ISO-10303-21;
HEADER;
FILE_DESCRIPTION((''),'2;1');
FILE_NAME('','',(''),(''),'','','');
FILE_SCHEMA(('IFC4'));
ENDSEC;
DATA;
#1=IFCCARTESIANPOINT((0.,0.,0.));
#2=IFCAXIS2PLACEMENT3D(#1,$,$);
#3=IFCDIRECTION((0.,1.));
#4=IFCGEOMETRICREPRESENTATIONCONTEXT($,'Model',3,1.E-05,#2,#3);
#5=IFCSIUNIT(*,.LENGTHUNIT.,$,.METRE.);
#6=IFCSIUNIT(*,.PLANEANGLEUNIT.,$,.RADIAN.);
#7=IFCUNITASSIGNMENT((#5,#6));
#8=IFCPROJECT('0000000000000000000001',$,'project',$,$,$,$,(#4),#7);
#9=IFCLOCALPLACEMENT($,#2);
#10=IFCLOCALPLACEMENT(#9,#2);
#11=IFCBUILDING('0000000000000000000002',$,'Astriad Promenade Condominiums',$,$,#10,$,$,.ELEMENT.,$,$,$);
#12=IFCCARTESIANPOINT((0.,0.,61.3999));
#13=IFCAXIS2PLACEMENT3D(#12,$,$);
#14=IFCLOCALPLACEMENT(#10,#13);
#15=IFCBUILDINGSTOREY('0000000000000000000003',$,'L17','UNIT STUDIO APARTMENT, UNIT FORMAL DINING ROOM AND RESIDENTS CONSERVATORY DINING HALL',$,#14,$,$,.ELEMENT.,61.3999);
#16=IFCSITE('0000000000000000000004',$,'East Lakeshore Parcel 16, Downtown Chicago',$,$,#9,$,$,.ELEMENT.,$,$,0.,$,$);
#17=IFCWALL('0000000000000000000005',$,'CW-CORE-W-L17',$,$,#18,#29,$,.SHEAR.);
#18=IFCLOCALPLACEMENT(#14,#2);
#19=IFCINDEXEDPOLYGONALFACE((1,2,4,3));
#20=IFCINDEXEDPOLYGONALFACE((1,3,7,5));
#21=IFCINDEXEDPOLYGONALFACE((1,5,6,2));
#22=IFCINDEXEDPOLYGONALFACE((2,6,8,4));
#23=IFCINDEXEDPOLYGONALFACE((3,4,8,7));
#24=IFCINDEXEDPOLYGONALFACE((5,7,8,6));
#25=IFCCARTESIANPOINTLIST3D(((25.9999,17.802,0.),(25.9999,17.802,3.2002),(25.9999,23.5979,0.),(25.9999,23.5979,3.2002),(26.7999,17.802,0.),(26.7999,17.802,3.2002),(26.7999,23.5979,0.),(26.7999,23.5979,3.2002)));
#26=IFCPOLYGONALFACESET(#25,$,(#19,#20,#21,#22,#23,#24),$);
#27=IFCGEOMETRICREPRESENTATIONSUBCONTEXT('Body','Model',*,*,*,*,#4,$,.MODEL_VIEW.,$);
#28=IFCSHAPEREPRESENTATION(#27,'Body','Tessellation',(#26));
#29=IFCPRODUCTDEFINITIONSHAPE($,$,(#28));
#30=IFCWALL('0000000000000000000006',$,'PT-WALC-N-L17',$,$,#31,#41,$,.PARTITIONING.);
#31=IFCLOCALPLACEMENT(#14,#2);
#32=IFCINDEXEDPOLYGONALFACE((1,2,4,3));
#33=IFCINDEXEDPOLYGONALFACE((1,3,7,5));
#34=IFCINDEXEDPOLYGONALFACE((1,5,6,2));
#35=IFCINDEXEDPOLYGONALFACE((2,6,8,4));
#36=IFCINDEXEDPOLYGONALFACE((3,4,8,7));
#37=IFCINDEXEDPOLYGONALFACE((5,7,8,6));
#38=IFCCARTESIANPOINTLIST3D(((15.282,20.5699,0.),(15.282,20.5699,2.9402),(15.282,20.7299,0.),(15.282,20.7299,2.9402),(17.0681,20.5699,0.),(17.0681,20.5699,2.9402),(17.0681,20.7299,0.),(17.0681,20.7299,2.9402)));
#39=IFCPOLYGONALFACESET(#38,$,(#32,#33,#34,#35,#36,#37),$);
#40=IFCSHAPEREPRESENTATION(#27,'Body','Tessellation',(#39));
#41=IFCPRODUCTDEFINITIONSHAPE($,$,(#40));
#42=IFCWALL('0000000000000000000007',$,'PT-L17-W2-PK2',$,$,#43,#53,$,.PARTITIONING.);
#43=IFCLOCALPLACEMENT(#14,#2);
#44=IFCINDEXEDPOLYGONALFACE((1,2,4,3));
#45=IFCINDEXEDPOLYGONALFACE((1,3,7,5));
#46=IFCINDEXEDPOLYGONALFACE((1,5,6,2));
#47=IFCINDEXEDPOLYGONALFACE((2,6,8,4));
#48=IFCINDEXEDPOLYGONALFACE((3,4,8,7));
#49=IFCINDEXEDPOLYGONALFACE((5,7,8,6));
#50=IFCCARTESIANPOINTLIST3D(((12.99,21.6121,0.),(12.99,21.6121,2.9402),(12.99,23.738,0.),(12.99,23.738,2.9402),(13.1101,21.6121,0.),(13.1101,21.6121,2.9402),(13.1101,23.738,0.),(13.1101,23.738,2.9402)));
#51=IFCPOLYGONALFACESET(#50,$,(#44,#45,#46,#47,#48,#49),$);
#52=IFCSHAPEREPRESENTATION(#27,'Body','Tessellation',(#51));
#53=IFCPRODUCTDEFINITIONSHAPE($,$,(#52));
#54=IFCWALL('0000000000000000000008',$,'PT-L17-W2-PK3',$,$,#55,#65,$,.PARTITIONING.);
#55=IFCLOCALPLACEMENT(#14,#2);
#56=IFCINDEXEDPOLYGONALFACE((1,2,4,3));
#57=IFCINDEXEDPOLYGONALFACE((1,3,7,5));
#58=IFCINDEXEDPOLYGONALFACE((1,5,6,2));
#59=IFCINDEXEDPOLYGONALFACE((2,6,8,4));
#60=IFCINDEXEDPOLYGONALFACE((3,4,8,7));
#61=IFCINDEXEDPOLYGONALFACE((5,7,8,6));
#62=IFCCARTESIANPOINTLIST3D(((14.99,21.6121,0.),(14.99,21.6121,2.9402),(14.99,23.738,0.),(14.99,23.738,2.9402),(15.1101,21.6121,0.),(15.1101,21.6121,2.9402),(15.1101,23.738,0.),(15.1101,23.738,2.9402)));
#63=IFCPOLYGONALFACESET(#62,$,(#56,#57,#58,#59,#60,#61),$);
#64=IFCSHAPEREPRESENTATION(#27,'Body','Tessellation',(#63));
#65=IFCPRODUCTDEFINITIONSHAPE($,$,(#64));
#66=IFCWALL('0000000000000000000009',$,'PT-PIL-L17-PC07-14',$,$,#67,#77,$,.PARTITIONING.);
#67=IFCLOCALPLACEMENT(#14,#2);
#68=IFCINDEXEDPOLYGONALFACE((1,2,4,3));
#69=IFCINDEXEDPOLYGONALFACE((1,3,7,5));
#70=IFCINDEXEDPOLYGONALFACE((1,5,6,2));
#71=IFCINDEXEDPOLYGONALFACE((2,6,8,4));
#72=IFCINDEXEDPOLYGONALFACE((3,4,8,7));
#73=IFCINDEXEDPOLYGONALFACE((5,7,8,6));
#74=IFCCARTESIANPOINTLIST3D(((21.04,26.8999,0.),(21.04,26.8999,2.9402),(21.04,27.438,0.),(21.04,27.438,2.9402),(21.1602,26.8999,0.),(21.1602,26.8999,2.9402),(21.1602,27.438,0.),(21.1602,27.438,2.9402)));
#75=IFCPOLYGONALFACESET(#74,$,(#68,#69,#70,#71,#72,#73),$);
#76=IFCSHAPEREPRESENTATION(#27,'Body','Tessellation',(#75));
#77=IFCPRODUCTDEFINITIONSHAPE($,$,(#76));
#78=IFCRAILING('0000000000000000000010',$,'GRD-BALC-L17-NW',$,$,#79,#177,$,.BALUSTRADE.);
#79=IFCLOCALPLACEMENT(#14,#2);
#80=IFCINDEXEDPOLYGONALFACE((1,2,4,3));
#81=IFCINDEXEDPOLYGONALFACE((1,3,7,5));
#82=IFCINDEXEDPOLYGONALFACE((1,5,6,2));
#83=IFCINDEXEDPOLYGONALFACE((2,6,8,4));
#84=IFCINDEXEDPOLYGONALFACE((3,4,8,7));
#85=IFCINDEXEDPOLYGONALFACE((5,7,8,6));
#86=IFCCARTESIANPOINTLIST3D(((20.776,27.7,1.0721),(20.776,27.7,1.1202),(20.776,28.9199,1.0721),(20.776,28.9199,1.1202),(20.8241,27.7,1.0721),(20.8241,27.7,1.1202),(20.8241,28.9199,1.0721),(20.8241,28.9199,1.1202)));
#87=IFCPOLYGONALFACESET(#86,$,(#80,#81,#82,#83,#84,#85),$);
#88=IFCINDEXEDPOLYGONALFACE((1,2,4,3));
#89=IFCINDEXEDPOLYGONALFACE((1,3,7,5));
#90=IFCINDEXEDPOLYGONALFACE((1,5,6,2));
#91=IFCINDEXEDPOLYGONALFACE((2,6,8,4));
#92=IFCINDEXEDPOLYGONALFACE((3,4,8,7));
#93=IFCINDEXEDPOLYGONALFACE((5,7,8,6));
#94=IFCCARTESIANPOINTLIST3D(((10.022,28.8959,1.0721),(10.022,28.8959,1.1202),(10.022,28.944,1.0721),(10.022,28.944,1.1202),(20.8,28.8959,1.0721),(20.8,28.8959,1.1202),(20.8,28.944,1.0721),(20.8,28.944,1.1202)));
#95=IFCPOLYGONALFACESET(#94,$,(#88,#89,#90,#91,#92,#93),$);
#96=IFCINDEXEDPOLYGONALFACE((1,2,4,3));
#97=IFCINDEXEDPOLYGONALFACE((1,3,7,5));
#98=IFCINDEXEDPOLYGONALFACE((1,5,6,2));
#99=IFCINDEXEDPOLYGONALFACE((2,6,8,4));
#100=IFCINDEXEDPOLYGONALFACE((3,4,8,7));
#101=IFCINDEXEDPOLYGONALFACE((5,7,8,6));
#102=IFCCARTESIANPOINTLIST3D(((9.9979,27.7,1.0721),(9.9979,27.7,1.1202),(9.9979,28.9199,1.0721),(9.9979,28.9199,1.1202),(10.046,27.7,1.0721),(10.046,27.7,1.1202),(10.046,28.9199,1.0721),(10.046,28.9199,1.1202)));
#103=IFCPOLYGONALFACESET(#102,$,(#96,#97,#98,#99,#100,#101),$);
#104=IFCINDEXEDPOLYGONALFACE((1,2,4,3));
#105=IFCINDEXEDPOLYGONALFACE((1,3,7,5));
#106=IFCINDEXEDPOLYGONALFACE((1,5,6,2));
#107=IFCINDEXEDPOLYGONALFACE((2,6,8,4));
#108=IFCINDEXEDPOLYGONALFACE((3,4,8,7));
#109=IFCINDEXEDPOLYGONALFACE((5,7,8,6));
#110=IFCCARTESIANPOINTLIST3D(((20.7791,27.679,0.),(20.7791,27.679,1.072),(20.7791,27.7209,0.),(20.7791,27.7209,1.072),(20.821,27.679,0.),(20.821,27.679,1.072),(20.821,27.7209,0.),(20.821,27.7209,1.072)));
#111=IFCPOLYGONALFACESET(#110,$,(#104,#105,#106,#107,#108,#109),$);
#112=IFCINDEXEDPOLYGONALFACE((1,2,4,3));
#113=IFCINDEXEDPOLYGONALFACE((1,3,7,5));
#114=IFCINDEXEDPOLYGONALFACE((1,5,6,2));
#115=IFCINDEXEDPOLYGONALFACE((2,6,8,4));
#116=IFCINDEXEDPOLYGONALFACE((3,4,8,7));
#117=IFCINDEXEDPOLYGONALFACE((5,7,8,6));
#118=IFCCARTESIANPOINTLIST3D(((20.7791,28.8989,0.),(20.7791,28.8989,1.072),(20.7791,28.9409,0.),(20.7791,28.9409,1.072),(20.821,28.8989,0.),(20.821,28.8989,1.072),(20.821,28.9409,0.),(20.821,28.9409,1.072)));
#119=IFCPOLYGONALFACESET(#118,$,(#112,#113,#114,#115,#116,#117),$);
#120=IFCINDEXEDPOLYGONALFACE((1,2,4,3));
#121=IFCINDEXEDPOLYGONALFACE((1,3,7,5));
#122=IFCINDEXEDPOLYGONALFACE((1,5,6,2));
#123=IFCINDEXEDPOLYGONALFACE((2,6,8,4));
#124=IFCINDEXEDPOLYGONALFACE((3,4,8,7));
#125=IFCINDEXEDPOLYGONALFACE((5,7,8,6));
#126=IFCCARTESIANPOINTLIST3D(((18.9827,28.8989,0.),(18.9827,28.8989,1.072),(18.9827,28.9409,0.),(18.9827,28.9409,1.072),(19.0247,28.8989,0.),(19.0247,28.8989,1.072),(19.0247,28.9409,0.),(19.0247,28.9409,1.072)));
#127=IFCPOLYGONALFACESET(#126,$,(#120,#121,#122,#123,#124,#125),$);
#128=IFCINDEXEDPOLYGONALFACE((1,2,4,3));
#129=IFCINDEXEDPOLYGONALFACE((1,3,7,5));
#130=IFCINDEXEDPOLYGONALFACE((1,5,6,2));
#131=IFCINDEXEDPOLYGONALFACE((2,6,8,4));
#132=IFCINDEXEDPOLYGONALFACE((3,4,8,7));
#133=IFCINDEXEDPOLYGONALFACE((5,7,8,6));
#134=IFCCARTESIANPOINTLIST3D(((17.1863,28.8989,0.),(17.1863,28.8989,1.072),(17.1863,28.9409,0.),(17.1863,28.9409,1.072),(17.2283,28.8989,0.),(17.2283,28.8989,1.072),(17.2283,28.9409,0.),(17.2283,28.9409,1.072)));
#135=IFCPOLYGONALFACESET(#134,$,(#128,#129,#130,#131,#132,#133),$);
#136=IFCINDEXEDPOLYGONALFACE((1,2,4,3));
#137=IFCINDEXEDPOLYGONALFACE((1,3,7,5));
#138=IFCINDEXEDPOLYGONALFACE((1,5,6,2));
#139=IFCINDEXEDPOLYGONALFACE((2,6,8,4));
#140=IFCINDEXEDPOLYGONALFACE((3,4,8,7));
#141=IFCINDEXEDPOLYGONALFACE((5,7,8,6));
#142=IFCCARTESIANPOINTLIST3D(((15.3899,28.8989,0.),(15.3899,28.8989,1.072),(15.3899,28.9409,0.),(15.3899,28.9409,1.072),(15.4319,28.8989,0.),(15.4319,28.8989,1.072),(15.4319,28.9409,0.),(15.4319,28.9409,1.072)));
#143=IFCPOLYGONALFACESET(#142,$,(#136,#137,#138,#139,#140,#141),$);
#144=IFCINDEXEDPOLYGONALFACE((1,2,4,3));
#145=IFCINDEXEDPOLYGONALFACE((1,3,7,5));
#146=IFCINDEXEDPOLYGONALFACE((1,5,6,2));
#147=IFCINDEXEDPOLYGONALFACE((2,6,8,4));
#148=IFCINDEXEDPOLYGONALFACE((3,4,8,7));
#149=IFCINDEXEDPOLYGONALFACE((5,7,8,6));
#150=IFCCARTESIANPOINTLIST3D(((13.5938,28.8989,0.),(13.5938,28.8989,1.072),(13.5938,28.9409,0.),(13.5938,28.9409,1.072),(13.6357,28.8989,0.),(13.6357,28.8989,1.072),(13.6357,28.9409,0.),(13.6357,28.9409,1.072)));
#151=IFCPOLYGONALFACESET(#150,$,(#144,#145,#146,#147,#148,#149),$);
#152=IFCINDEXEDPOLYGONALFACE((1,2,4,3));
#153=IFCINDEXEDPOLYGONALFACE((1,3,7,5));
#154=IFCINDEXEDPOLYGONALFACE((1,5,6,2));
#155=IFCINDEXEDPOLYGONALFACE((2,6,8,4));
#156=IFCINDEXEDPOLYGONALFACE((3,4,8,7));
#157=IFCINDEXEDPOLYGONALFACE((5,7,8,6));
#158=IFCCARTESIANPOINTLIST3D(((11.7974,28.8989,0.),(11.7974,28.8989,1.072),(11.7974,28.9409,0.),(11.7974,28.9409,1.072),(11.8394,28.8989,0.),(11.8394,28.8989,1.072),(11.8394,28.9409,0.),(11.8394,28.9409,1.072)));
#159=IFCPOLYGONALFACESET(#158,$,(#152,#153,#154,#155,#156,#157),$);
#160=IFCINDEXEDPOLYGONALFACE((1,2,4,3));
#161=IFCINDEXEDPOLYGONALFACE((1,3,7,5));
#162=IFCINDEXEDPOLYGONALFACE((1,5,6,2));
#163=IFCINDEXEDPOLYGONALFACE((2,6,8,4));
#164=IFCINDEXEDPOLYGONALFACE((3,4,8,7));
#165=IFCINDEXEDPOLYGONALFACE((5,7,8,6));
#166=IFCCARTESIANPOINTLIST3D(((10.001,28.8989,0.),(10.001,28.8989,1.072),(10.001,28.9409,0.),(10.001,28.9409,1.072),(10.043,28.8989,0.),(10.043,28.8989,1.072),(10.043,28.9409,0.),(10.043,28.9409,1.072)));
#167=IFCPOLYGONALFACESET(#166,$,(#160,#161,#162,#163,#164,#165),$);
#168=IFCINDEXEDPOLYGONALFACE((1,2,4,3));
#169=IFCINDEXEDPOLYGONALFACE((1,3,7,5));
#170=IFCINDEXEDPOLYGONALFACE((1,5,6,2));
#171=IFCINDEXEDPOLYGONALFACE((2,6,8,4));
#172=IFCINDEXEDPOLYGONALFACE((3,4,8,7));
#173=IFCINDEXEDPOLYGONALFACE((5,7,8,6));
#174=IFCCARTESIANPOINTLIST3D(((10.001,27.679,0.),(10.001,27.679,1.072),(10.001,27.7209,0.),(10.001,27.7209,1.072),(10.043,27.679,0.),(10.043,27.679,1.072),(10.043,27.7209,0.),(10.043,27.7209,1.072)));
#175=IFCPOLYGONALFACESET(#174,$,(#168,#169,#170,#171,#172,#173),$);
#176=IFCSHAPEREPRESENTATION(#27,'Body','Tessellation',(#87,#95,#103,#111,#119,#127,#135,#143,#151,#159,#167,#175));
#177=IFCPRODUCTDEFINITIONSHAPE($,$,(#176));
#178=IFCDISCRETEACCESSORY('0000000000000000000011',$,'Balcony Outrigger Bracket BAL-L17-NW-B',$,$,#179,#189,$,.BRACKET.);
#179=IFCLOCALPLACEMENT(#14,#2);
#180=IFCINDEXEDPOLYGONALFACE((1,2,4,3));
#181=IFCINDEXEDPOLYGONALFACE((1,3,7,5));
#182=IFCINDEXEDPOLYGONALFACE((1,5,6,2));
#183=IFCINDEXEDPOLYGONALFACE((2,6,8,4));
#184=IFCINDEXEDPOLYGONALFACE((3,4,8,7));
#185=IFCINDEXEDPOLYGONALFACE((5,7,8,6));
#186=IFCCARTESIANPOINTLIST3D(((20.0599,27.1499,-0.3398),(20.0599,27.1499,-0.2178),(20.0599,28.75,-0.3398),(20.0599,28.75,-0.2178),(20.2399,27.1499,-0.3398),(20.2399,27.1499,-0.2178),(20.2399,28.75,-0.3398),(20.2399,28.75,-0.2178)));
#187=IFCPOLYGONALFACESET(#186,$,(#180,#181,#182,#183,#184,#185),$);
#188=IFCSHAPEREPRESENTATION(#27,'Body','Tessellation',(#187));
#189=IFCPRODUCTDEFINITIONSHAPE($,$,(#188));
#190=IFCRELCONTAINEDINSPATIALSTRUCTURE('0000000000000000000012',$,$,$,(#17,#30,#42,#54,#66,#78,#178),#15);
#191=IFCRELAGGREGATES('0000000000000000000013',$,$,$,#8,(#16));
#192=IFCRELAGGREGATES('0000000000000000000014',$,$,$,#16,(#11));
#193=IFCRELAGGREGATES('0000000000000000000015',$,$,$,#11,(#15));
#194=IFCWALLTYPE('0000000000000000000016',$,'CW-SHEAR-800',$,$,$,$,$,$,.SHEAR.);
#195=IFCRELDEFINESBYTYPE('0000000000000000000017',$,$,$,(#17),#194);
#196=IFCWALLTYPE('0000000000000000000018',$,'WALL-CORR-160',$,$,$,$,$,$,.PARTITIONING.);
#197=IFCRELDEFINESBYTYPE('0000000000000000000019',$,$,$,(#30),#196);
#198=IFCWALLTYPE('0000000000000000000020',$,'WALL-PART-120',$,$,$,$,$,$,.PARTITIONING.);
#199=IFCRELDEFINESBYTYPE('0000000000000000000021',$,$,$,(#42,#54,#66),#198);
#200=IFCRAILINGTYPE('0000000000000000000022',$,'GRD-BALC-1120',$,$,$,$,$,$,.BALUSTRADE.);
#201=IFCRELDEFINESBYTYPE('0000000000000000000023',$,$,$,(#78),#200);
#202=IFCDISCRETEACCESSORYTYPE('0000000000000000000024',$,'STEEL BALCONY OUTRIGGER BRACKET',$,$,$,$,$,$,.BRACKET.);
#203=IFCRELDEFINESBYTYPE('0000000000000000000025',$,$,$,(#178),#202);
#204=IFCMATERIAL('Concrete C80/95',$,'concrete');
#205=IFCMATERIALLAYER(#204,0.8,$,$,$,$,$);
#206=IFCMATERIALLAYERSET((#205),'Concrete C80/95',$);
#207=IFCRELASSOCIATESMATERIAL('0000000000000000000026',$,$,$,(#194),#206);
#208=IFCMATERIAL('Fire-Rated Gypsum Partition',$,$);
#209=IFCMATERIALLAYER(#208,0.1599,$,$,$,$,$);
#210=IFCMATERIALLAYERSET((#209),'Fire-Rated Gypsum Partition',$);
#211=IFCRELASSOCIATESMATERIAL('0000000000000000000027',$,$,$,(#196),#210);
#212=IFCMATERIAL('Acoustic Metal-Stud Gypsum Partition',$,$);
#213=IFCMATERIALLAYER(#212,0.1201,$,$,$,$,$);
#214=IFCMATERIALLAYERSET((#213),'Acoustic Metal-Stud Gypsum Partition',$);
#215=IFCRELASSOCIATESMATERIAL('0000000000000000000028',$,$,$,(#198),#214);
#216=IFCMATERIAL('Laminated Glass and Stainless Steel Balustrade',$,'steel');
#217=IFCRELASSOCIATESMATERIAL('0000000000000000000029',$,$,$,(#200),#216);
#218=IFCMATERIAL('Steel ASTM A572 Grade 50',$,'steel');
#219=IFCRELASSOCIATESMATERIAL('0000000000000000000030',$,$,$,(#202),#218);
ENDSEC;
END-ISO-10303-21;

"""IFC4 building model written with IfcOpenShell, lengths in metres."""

from ifc_helpers import new_model, si_unit, direction, frame, frame_2d, origin, origin_2d, place, context, subcontext, project, spatial, rectangle, extrude, source, transform, mapped, material, layer, layer_set, type_object, type_shapes, element, save


model = new_model("IFC4")

# Units and contexts
model_context = context("Model", 3, precision=1e-05, world=origin(), true_north=direction((0.0, 1.0)))
body_context = subcontext(model_context, "Body", "Model", "MODEL_VIEW")
ifc_project = project(units=[si_unit("LENGTHUNIT", "METRE"), si_unit("PLANEANGLEUNIT", "RADIAN")], contexts=[model_context])

# Site, building, storey
site_placement = place(None, origin())
site = spatial("IfcSite", under=ifc_project, at=site_placement, Name="East Lakeshore Parcel 16, Downtown Chicago", CompositionType="ELEMENT", RefElevation=0.0)
building_placement = place(site_placement, origin())
building = spatial("IfcBuilding", under=site, at=building_placement, Name="Astriad Promenade Condominiums", CompositionType="ELEMENT")
storey_placement = place(building_placement, frame((0.0, 0.0, 61.3999)))
storey = spatial("IfcBuildingStorey", under=building, at=storey_placement, Name="L17", Description="UNIT STUDIO APARTMENT, UNIT FORMAL DINING ROOM AND RESIDENTS CONSERVATORY DINING HALL", CompositionType="ELEMENT", Elevation=61.3999)

# Shared definitions
ifc_material_1 = material(Name="Concrete C80/95", Category="concrete")

# Shared definitions
ifc_layer_1 = layer(ifc_material_1, 0.8)
ifc_layer_set_1 = layer_set([ifc_layer_1], Name="Concrete C80/95")
wall_type_1 = type_object("IfcWallType", Name="CW-SHEAR-800", PredefinedType="SHEAR", material=ifc_layer_set_1)

# Walls
wall_1_placement = place(storey_placement, frame((26.3999, 17.802, 0.0), z_axis=(0.0, 0.0, 1.0), x_axis=(0.0, 1.0, 0.0)))
element("IfcWall", 1, at=wall_1_placement, inside=storey, type_object=wall_type_1, Name="CW-CORE-W-L17", PredefinedType="SHEAR", context=body_context, shape_type="SweptSolid", body=[
    extrude(rectangle(XDim=5.7959, YDim=0.8, at=frame_2d((2.8979, 0.0))), origin(), (0.0, 0.0, 1.0), 3.2002),
])
ifc_material_2 = material(Name="Fire-Rated Gypsum Partition")
ifc_layer_2 = layer(ifc_material_2, 0.1599)
ifc_layer_set_2 = layer_set([ifc_layer_2], Name="Fire-Rated Gypsum Partition")
wall_type_2 = type_object("IfcWallType", Name="WALL-CORR-160", PredefinedType="PARTITIONING", material=ifc_layer_set_2)
wall_2_placement = place(storey_placement, frame((15.282, 20.6499, 0.0), z_axis=(0.0, 0.0, 1.0), x_axis=(1.0, 0.0, 0.0)))
element("IfcWall", 2, at=wall_2_placement, inside=storey, type_object=wall_type_2, Name="PT-WALC-N-L17", PredefinedType="PARTITIONING", context=body_context, shape_type="SweptSolid", body=[
    extrude(rectangle(XDim=1.7861, YDim=0.1599, at=frame_2d((0.8931, 0.0))), origin(), (0.0, 0.0, 1.0), 2.9402),
])
ifc_material_3 = material(Name="Acoustic Metal-Stud Gypsum Partition")
ifc_layer_3 = layer(ifc_material_3, 0.1201)
ifc_layer_set_3 = layer_set([ifc_layer_3], Name="Acoustic Metal-Stud Gypsum Partition")
wall_type_3 = type_object("IfcWallType", Name="WALL-PART-120", PredefinedType="PARTITIONING", material=ifc_layer_set_3)
for number, where, z_axis, x_axis, name in (
    (3, (13.05, 21.6121, 0.0), (0.0, 0.0, 1.0), (0.0, 1.0, 0.0), "PT-L17-W2-PK2"),
    (4, (15.05, 21.6121, 0.0), (0.0, 0.0, 1.0), (0.0, 1.0, 0.0), "PT-L17-W2-PK3"),
):
    element("IfcWall", number, at=place(storey_placement, frame(where, z_axis=z_axis, x_axis=x_axis)), inside=storey, type_object=wall_type_3, Name=name, PredefinedType="PARTITIONING", context=body_context, shape_type="SweptSolid", body=[
        extrude(rectangle(XDim=2.126, YDim=0.1201, at=frame_2d((1.063, 0.0))), origin(), (0.0, 0.0, 1.0), 2.9402),
    ])
wall_3_placement = place(storey_placement, frame((21.1001, 26.8999, 0.0), z_axis=(0.0, 0.0, 1.0), x_axis=(0.0, 1.0, 0.0)))
element("IfcWall", 5, at=wall_3_placement, inside=storey, type_object=wall_type_3, Name="PT-PIL-L17-PC07-14", PredefinedType="PARTITIONING", context=body_context, shape_type="SweptSolid", body=[
    extrude(rectangle(XDim=0.5381, YDim=0.1201, at=frame_2d((0.269, 0.0))), origin(), (0.0, 0.0, 1.0), 2.9402),
])

# Railing
ifc_material_4 = material(Name="Laminated Glass and Stainless Steel Balustrade", Category="steel")
railing_type = type_object("IfcRailingType", Name="GRD-BALC-1120", PredefinedType="BALUSTRADE", material=ifc_material_4)
shared_shape_1 = source(origin(), body_context, "Body", "SweptSolid", [
    extrude(rectangle(XDim=0.0481, YDim=0.0481, at=origin_2d()), frame((0.0, 0.0, 1.0962), z_axis=(0.0, 1.0, 0.0), x_axis=(-1.0, 0.0, 0.0)), (0.0, 0.0, 1.0), 1.22),
    extrude(rectangle(XDim=0.0481, YDim=0.0481, at=origin_2d()), frame((0.0, 1.22, 1.0962), z_axis=(-1.0, 0.0, 0.0), x_axis=(0.0, -1.0, 0.0)), (0.0, 0.0, 1.0), 10.7781),
    extrude(rectangle(XDim=0.0481, YDim=0.0481, at=origin_2d()), frame((-10.7781, 1.22, 1.0962), z_axis=(0.0, -1.0, 0.0), x_axis=(1.0, 0.0, 0.0)), (0.0, 0.0, 1.0), 1.22),
    extrude(rectangle(XDim=0.042, YDim=0.042, at=origin_2d()), origin(), (0.0, 0.0, 1.0), 1.072),
    extrude(rectangle(XDim=0.042, YDim=0.042, at=origin_2d()), frame((0.0, 1.22, 0.0)), (0.0, 0.0, 1.0), 1.072),
    extrude(rectangle(XDim=0.042, YDim=0.042, at=origin_2d()), frame((-1.7964, 1.22, 0.0)), (0.0, 0.0, 1.0), 1.072),
    extrude(rectangle(XDim=0.042, YDim=0.042, at=origin_2d()), frame((-3.5928, 1.22, 0.0)), (0.0, 0.0, 1.0), 1.072),
    extrude(rectangle(XDim=0.042, YDim=0.042, at=origin_2d()), frame((-5.3892, 1.22, 0.0)), (0.0, 0.0, 1.0), 1.072),
    extrude(rectangle(XDim=0.042, YDim=0.042, at=origin_2d()), frame((-7.1853, 1.22, 0.0)), (0.0, 0.0, 1.0), 1.072),
    extrude(rectangle(XDim=0.042, YDim=0.042, at=origin_2d()), frame((-8.9817, 1.22, 0.0)), (0.0, 0.0, 1.0), 1.072),
    extrude(rectangle(XDim=0.042, YDim=0.042, at=origin_2d()), frame((-10.7781, 1.22, 0.0)), (0.0, 0.0, 1.0), 1.072),
    extrude(rectangle(XDim=0.042, YDim=0.042, at=origin_2d()), frame((-10.7781, 0.0, 0.0)), (0.0, 0.0, 1.0), 1.072),
])
type_shapes(railing_type, [shared_shape_1])
railing_placement = place(storey_placement, frame((20.8, 27.7, 0.0)))
element("IfcRailing", 6, at=railing_placement, inside=storey, type_object=railing_type, Name="GRD-BALC-L17-NW", PredefinedType="BALUSTRADE", context=body_context, shape_type="MappedRepresentation", body=[
    mapped(shared_shape_1, transform((0.0, 0.0, 0.0), scale=1.0)),
])

# Discrete accessory
ifc_material_5 = material(Name="Steel ASTM A572 Grade 50", Category="steel")
discrete_accessory_type = type_object("IfcDiscreteAccessoryType", Name="STEEL BALCONY OUTRIGGER BRACKET", PredefinedType="BRACKET", material=ifc_material_5)
shared_shape_2 = source(origin(), body_context, "Body", "SweptSolid", [
    extrude(rectangle(XDim=1.6001, YDim=0.1799, at=origin_2d()), origin(), (0.0, 0.0, 1.0), 0.1221),
])
type_shapes(discrete_accessory_type, [shared_shape_2])
discrete_accessory_placement = place(storey_placement, frame((20.1499, 27.95, -0.3398), z_axis=(0.0, 0.0, 1.0), x_axis=(0.0, 1.0, 0.0)))
element("IfcDiscreteAccessory", 7, at=discrete_accessory_placement, inside=storey, type_object=discrete_accessory_type, Name="Balcony Outrigger Bracket BAL-L17-NW-B", PredefinedType="BRACKET", context=body_context, shape_type="MappedRepresentation", body=[
    mapped(shared_shape_2, transform((0.0, 0.0, 0.0), scale=1.0)),
])

save(model, "model.ifc")
